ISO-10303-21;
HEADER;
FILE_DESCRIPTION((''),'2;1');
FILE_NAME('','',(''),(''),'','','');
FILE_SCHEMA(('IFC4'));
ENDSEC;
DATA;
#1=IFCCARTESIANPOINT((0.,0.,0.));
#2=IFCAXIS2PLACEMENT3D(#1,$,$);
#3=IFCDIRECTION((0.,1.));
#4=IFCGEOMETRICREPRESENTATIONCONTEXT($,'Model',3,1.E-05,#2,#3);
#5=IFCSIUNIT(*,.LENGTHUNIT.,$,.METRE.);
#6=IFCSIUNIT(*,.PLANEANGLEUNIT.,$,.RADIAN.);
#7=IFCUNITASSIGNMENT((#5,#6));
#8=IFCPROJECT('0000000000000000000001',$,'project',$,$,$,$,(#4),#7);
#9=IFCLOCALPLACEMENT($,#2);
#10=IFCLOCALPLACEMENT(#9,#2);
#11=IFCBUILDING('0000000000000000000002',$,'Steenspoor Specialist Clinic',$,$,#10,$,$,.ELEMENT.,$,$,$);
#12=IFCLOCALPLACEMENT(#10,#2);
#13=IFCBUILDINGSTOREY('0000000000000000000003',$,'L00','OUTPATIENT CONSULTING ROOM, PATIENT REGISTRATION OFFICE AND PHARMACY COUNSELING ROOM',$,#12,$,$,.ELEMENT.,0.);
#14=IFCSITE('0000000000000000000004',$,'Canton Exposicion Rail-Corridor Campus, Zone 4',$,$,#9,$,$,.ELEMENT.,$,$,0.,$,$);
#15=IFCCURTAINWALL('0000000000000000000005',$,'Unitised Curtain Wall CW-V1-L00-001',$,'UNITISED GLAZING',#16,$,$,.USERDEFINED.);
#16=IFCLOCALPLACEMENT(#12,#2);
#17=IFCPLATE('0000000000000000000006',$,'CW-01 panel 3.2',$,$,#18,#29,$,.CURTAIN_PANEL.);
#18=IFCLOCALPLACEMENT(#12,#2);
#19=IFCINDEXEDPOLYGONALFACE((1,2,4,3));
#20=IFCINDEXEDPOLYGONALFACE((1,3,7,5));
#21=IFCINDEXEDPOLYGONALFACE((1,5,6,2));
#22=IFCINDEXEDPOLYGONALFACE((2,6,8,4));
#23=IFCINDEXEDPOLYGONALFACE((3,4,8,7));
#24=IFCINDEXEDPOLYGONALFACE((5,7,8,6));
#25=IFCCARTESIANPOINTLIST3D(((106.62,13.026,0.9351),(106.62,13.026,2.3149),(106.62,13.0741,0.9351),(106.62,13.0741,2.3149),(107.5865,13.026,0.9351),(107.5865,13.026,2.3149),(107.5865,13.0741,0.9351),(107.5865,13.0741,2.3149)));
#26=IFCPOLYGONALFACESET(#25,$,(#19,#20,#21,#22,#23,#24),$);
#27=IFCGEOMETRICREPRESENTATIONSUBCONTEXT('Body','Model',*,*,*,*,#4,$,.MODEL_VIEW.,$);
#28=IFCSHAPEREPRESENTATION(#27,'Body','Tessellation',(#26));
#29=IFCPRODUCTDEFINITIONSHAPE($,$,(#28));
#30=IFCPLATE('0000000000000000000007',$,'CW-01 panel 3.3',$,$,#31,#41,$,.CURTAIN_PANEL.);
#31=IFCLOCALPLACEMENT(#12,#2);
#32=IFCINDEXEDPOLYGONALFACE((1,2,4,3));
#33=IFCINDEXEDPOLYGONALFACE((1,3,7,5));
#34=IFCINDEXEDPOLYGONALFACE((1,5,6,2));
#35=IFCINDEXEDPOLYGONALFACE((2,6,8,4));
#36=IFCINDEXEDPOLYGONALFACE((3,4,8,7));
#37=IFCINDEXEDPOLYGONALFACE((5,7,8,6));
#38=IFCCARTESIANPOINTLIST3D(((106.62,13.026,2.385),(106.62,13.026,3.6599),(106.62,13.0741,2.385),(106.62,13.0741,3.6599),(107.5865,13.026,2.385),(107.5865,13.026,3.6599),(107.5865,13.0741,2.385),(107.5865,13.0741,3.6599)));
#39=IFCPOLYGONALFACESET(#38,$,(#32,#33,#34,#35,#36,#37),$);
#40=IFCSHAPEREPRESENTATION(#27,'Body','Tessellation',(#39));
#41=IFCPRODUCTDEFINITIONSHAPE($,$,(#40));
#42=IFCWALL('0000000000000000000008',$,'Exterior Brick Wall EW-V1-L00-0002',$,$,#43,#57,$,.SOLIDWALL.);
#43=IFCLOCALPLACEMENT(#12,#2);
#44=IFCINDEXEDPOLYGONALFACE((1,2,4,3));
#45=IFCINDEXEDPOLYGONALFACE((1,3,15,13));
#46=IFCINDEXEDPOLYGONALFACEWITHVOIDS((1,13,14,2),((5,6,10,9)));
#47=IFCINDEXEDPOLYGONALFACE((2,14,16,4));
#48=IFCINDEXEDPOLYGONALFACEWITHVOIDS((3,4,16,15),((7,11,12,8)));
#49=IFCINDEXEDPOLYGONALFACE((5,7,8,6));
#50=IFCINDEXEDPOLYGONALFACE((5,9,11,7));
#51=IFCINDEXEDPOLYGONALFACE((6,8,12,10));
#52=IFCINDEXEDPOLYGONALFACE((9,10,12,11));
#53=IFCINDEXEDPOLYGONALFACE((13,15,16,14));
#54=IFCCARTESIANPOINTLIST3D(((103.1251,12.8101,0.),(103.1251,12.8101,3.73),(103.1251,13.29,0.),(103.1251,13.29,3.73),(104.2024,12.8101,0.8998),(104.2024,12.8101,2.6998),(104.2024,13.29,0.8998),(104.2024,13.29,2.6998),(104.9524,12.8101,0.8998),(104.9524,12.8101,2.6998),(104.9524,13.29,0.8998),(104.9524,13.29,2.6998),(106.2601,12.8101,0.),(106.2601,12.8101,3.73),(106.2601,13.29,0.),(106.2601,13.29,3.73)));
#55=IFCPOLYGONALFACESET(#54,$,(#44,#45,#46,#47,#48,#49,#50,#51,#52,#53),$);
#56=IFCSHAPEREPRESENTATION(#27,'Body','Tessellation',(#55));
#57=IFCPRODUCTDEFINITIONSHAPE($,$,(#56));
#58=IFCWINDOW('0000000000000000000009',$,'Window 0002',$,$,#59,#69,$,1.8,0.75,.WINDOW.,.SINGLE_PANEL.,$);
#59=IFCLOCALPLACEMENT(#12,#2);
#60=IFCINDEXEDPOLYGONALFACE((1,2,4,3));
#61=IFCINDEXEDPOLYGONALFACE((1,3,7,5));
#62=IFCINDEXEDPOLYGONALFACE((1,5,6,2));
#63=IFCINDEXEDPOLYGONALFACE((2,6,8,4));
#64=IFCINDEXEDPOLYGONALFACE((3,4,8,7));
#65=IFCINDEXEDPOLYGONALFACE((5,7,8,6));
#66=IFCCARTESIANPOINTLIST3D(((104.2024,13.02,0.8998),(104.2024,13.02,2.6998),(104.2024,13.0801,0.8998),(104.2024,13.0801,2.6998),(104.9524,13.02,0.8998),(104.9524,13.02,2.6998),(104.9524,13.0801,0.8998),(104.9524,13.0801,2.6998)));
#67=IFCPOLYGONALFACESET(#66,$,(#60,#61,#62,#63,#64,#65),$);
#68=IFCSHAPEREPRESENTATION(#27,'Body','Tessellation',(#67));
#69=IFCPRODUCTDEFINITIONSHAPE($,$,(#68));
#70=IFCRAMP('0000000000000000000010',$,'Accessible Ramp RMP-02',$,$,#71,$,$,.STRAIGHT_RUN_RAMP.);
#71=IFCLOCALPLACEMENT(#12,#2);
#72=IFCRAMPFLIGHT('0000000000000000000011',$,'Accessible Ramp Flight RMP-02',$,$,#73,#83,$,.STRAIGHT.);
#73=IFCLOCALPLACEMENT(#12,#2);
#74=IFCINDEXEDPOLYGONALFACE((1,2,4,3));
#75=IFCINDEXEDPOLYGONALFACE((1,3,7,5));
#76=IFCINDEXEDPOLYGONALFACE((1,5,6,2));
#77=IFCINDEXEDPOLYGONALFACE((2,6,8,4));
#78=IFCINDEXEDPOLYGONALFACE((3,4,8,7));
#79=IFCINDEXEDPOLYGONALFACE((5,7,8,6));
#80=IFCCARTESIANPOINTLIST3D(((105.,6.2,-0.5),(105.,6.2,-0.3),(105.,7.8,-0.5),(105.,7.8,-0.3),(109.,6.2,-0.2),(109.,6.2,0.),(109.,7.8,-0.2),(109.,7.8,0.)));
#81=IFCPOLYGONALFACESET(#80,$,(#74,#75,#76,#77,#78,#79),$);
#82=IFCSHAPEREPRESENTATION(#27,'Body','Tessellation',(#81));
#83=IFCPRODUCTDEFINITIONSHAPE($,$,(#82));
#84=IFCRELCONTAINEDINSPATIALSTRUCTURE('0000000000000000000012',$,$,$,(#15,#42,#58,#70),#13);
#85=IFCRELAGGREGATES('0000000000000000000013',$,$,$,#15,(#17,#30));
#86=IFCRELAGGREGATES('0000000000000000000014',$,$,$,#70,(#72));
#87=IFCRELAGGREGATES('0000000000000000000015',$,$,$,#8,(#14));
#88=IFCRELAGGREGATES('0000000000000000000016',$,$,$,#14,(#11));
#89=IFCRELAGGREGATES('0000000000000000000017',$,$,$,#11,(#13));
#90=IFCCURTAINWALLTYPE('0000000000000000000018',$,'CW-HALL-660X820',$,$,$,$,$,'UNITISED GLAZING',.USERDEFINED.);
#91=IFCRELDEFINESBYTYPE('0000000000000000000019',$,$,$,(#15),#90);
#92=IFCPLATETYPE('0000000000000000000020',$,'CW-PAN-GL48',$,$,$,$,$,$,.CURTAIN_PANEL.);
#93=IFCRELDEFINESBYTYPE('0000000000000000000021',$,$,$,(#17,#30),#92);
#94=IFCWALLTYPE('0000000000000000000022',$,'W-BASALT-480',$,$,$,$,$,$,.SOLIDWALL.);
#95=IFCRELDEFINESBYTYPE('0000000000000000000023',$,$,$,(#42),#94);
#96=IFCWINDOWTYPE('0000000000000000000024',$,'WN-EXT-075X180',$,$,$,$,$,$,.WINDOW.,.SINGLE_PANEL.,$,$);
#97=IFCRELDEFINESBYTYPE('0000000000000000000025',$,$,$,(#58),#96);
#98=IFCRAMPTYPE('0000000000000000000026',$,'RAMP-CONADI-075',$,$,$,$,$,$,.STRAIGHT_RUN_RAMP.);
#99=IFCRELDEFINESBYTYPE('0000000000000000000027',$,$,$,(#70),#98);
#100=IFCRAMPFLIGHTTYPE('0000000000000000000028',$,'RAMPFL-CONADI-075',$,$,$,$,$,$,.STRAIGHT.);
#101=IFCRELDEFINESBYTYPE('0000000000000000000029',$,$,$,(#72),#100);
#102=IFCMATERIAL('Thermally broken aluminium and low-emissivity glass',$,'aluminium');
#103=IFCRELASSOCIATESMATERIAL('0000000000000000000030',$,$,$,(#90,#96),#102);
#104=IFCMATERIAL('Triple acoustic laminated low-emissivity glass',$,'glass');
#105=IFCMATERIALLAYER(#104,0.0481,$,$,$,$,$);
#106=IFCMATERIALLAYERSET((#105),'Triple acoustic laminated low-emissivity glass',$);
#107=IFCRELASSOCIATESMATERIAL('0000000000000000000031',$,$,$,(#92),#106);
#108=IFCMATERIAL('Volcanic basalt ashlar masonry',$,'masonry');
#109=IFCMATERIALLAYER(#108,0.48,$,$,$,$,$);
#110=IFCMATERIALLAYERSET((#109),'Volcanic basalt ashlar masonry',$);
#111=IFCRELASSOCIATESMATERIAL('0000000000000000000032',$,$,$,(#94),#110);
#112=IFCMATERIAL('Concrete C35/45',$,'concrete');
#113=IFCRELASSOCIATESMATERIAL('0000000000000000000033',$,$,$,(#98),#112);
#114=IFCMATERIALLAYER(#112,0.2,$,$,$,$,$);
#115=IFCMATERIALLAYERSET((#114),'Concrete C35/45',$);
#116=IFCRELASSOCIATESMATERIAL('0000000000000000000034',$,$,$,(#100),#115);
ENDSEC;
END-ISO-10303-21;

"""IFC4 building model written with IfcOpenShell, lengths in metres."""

from ifc_helpers import new_model, si_unit, direction, frame, frame_2d, origin, origin_2d, place, context, subcontext, project, spatial, polyline, rectangle, outline, extrude, material, layer, layer_set, type_object, element, fill, aggregate, save


model = new_model("IFC4")

# Units and contexts
model_context = context("Model", 3, precision=1e-05, world=origin(), true_north=direction((0.0, 1.0)))
body_context = subcontext(model_context, "Body", "Model", "MODEL_VIEW")
ifc_project = project(units=[si_unit("LENGTHUNIT", "METRE"), si_unit("PLANEANGLEUNIT", "RADIAN")], contexts=[model_context])

# Site, building, storey
site_placement = place(None, origin())
site = spatial("IfcSite", under=ifc_project, at=site_placement, Name="Canton Exposicion Rail-Corridor Campus, Zone 4", CompositionType="ELEMENT", RefElevation=0.0)
building_placement = place(site_placement, origin())
building = spatial("IfcBuilding", under=site, at=building_placement, Name="Steenspoor Specialist Clinic", CompositionType="ELEMENT")
storey_placement = place(building_placement, origin())
storey = spatial("IfcBuildingStorey", under=building, at=storey_placement, Name="L00", Description="OUTPATIENT CONSULTING ROOM, PATIENT REGISTRATION OFFICE AND PHARMACY COUNSELING ROOM", CompositionType="ELEMENT", Elevation=0.0)

# Shared definitions
ifc_material_1 = material(Name="Concrete C35/45", Category="concrete")

# Curtain wall
ifc_material_2 = material(Name="Thermally broken aluminium and low-emissivity glass", Category="aluminium")
curtain_wall_type = type_object("IfcCurtainWallType", Name="CW-HALL-660X820", ElementType="UNITISED GLAZING", PredefinedType="USERDEFINED", material=ifc_material_2)
curtain_wall_placement = place(storey_placement, origin())
curtain_wall = element("IfcCurtainWall", 1, at=curtain_wall_placement, inside=storey, type_object=curtain_wall_type, Name="Unitised Curtain Wall CW-V1-L00-001", ObjectType="UNITISED GLAZING", PredefinedType="USERDEFINED")

# Plates
ifc_material_3 = material(Name="Triple acoustic laminated low-emissivity glass", Category="glass")
ifc_layer_1 = layer(ifc_material_3, 0.0481)
ifc_layer_set_1 = layer_set([ifc_layer_1], Name="Triple acoustic laminated low-emissivity glass")
plate_type = type_object("IfcPlateType", Name="CW-PAN-GL48", PredefinedType="CURTAIN_PANEL", material=ifc_layer_set_1)
plate_1_placement = place(storey_placement, frame((107.1033, 13.05, 0.9351), z_axis=(0.0, 0.0, 1.0), x_axis=(-1.0, 0.0, 0.0)))
plate_1 = element("IfcPlate", 2, at=plate_1_placement, type_object=plate_type, Name="CW-01 panel 3.2", PredefinedType="CURTAIN_PANEL", context=body_context, shape_type="SweptSolid", body=[
    extrude(rectangle(XDim=0.9666, YDim=0.0481, at=origin_2d()), origin(), (0.0, 0.0, 1.0), 1.3799),
])
plate_2_placement = place(storey_placement, frame((107.1033, 13.05, 2.385), z_axis=(0.0, 0.0, 1.0), x_axis=(-1.0, 0.0, 0.0)))
plate_2 = element("IfcPlate", 3, at=plate_2_placement, type_object=plate_type, Name="CW-01 panel 3.3", PredefinedType="CURTAIN_PANEL", context=body_context, shape_type="SweptSolid", body=[
    extrude(rectangle(XDim=0.9666, YDim=0.0481, at=origin_2d()), origin(), (0.0, 0.0, 1.0), 1.2749),
])
aggregate(curtain_wall, [plate_1, plate_2])

# Wall, opening, window
ifc_material_4 = material(Name="Volcanic basalt ashlar masonry", Category="masonry")
ifc_layer_2 = layer(ifc_material_4, 0.48)
ifc_layer_set_2 = layer_set([ifc_layer_2], Name="Volcanic basalt ashlar masonry")
wall_type = type_object("IfcWallType", Name="W-BASALT-480", PredefinedType="SOLIDWALL", material=ifc_layer_set_2)
wall_placement = place(storey_placement, frame((106.26, 13.05, 0.0), z_axis=(0.0, 0.0, 1.0), x_axis=(-1.0, 0.0, 0.0)))
wall = element("IfcWall", 4, at=wall_placement, inside=storey, type_object=wall_type, Name="Exterior Brick Wall EW-V1-L00-0002", PredefinedType="SOLIDWALL", context=body_context, shape_type="SweptSolid", body=[
    extrude(rectangle(XDim=3.135, YDim=0.48, at=frame_2d((1.5674, 0.0))), origin(), (0.0, 0.0, 1.0), 3.73),
])
opening_placement = place(wall_placement, frame((1.3076, 0.0, 0.8999)))
opening = element("IfcOpeningElement", 5, at=opening_placement, cuts=wall, PredefinedType="OPENING", context=body_context, shape_type="SweptSolid", body=[
    extrude(rectangle(XDim=0.75, YDim=1.8, at=frame_2d((0.375, 0.8999))), frame((0.0, 0.25, 0.0), z_axis=(0.0, -1.0, 0.0), x_axis=(1.0, 0.0, 0.0)), (0.0, 0.0, 1.0), 0.5),
])
window_type = type_object("IfcWindowType", Name="WN-EXT-075X180", PartitioningType="SINGLE_PANEL", PredefinedType="WINDOW", material=ifc_material_2)
window_placement = place(opening_placement, origin())
window = element("IfcWindow", 6, at=window_placement, inside=storey, type_object=window_type, Name="Window 0002", OverallHeight=1.8, OverallWidth=0.75, PartitioningType="SINGLE_PANEL", PredefinedType="WINDOW", context=body_context, shape_type="SweptSolid", body=[
    extrude(rectangle(XDim=0.75, YDim=1.8, at=frame_2d((0.375, 0.8999))), frame((0.0, 0.03, 0.0), z_axis=(0.0, -1.0, 0.0), x_axis=(1.0, 0.0, 0.0)), (0.0, 0.0, 1.0), 0.0601),
])
fill(opening, window)

# Ramp, ramp flight
ramp_type = type_object("IfcRampType", Name="RAMP-CONADI-075", PredefinedType="STRAIGHT_RUN_RAMP", material=ifc_material_1)
ramp_placement = place(storey_placement, origin())
ramp = element("IfcRamp", 7, at=ramp_placement, inside=storey, type_object=ramp_type, Name="Accessible Ramp RMP-02", PredefinedType="STRAIGHT_RUN_RAMP")
ifc_layer_3 = layer(ifc_material_1, 0.2)
ifc_layer_set_3 = layer_set([ifc_layer_3], Name="Concrete C35/45")
ramp_flight_type = type_object("IfcRampFlightType", Name="RAMPFL-CONADI-075", PredefinedType="STRAIGHT", material=ifc_layer_set_3)
ramp_flight_placement = place(storey_placement, frame((105.0, 7.0, -0.3), z_axis=(0.0, 0.0, 1.0), x_axis=(1.0, 0.0, 0.0)))
ramp_flight = element("IfcRampFlight", 8, at=ramp_flight_placement, type_object=ramp_flight_type, Name="Accessible Ramp Flight RMP-02", PredefinedType="STRAIGHT", context=body_context, shape_type="SweptSolid", body=[
    extrude(outline(polyline([(0.0, 0.0), (4.0, 0.3), (4.0, 0.1001), (0.0, -0.2), (0.0, 0.0)])), frame((0.0, 0.8, 0.0), z_axis=(0.0, -1.0, 0.0), x_axis=(1.0, 0.0, 0.0)), (0.0, 0.0, 1.0), 1.6001),
])
aggregate(ramp, [ramp_flight])

save(model, "model.ifc")
